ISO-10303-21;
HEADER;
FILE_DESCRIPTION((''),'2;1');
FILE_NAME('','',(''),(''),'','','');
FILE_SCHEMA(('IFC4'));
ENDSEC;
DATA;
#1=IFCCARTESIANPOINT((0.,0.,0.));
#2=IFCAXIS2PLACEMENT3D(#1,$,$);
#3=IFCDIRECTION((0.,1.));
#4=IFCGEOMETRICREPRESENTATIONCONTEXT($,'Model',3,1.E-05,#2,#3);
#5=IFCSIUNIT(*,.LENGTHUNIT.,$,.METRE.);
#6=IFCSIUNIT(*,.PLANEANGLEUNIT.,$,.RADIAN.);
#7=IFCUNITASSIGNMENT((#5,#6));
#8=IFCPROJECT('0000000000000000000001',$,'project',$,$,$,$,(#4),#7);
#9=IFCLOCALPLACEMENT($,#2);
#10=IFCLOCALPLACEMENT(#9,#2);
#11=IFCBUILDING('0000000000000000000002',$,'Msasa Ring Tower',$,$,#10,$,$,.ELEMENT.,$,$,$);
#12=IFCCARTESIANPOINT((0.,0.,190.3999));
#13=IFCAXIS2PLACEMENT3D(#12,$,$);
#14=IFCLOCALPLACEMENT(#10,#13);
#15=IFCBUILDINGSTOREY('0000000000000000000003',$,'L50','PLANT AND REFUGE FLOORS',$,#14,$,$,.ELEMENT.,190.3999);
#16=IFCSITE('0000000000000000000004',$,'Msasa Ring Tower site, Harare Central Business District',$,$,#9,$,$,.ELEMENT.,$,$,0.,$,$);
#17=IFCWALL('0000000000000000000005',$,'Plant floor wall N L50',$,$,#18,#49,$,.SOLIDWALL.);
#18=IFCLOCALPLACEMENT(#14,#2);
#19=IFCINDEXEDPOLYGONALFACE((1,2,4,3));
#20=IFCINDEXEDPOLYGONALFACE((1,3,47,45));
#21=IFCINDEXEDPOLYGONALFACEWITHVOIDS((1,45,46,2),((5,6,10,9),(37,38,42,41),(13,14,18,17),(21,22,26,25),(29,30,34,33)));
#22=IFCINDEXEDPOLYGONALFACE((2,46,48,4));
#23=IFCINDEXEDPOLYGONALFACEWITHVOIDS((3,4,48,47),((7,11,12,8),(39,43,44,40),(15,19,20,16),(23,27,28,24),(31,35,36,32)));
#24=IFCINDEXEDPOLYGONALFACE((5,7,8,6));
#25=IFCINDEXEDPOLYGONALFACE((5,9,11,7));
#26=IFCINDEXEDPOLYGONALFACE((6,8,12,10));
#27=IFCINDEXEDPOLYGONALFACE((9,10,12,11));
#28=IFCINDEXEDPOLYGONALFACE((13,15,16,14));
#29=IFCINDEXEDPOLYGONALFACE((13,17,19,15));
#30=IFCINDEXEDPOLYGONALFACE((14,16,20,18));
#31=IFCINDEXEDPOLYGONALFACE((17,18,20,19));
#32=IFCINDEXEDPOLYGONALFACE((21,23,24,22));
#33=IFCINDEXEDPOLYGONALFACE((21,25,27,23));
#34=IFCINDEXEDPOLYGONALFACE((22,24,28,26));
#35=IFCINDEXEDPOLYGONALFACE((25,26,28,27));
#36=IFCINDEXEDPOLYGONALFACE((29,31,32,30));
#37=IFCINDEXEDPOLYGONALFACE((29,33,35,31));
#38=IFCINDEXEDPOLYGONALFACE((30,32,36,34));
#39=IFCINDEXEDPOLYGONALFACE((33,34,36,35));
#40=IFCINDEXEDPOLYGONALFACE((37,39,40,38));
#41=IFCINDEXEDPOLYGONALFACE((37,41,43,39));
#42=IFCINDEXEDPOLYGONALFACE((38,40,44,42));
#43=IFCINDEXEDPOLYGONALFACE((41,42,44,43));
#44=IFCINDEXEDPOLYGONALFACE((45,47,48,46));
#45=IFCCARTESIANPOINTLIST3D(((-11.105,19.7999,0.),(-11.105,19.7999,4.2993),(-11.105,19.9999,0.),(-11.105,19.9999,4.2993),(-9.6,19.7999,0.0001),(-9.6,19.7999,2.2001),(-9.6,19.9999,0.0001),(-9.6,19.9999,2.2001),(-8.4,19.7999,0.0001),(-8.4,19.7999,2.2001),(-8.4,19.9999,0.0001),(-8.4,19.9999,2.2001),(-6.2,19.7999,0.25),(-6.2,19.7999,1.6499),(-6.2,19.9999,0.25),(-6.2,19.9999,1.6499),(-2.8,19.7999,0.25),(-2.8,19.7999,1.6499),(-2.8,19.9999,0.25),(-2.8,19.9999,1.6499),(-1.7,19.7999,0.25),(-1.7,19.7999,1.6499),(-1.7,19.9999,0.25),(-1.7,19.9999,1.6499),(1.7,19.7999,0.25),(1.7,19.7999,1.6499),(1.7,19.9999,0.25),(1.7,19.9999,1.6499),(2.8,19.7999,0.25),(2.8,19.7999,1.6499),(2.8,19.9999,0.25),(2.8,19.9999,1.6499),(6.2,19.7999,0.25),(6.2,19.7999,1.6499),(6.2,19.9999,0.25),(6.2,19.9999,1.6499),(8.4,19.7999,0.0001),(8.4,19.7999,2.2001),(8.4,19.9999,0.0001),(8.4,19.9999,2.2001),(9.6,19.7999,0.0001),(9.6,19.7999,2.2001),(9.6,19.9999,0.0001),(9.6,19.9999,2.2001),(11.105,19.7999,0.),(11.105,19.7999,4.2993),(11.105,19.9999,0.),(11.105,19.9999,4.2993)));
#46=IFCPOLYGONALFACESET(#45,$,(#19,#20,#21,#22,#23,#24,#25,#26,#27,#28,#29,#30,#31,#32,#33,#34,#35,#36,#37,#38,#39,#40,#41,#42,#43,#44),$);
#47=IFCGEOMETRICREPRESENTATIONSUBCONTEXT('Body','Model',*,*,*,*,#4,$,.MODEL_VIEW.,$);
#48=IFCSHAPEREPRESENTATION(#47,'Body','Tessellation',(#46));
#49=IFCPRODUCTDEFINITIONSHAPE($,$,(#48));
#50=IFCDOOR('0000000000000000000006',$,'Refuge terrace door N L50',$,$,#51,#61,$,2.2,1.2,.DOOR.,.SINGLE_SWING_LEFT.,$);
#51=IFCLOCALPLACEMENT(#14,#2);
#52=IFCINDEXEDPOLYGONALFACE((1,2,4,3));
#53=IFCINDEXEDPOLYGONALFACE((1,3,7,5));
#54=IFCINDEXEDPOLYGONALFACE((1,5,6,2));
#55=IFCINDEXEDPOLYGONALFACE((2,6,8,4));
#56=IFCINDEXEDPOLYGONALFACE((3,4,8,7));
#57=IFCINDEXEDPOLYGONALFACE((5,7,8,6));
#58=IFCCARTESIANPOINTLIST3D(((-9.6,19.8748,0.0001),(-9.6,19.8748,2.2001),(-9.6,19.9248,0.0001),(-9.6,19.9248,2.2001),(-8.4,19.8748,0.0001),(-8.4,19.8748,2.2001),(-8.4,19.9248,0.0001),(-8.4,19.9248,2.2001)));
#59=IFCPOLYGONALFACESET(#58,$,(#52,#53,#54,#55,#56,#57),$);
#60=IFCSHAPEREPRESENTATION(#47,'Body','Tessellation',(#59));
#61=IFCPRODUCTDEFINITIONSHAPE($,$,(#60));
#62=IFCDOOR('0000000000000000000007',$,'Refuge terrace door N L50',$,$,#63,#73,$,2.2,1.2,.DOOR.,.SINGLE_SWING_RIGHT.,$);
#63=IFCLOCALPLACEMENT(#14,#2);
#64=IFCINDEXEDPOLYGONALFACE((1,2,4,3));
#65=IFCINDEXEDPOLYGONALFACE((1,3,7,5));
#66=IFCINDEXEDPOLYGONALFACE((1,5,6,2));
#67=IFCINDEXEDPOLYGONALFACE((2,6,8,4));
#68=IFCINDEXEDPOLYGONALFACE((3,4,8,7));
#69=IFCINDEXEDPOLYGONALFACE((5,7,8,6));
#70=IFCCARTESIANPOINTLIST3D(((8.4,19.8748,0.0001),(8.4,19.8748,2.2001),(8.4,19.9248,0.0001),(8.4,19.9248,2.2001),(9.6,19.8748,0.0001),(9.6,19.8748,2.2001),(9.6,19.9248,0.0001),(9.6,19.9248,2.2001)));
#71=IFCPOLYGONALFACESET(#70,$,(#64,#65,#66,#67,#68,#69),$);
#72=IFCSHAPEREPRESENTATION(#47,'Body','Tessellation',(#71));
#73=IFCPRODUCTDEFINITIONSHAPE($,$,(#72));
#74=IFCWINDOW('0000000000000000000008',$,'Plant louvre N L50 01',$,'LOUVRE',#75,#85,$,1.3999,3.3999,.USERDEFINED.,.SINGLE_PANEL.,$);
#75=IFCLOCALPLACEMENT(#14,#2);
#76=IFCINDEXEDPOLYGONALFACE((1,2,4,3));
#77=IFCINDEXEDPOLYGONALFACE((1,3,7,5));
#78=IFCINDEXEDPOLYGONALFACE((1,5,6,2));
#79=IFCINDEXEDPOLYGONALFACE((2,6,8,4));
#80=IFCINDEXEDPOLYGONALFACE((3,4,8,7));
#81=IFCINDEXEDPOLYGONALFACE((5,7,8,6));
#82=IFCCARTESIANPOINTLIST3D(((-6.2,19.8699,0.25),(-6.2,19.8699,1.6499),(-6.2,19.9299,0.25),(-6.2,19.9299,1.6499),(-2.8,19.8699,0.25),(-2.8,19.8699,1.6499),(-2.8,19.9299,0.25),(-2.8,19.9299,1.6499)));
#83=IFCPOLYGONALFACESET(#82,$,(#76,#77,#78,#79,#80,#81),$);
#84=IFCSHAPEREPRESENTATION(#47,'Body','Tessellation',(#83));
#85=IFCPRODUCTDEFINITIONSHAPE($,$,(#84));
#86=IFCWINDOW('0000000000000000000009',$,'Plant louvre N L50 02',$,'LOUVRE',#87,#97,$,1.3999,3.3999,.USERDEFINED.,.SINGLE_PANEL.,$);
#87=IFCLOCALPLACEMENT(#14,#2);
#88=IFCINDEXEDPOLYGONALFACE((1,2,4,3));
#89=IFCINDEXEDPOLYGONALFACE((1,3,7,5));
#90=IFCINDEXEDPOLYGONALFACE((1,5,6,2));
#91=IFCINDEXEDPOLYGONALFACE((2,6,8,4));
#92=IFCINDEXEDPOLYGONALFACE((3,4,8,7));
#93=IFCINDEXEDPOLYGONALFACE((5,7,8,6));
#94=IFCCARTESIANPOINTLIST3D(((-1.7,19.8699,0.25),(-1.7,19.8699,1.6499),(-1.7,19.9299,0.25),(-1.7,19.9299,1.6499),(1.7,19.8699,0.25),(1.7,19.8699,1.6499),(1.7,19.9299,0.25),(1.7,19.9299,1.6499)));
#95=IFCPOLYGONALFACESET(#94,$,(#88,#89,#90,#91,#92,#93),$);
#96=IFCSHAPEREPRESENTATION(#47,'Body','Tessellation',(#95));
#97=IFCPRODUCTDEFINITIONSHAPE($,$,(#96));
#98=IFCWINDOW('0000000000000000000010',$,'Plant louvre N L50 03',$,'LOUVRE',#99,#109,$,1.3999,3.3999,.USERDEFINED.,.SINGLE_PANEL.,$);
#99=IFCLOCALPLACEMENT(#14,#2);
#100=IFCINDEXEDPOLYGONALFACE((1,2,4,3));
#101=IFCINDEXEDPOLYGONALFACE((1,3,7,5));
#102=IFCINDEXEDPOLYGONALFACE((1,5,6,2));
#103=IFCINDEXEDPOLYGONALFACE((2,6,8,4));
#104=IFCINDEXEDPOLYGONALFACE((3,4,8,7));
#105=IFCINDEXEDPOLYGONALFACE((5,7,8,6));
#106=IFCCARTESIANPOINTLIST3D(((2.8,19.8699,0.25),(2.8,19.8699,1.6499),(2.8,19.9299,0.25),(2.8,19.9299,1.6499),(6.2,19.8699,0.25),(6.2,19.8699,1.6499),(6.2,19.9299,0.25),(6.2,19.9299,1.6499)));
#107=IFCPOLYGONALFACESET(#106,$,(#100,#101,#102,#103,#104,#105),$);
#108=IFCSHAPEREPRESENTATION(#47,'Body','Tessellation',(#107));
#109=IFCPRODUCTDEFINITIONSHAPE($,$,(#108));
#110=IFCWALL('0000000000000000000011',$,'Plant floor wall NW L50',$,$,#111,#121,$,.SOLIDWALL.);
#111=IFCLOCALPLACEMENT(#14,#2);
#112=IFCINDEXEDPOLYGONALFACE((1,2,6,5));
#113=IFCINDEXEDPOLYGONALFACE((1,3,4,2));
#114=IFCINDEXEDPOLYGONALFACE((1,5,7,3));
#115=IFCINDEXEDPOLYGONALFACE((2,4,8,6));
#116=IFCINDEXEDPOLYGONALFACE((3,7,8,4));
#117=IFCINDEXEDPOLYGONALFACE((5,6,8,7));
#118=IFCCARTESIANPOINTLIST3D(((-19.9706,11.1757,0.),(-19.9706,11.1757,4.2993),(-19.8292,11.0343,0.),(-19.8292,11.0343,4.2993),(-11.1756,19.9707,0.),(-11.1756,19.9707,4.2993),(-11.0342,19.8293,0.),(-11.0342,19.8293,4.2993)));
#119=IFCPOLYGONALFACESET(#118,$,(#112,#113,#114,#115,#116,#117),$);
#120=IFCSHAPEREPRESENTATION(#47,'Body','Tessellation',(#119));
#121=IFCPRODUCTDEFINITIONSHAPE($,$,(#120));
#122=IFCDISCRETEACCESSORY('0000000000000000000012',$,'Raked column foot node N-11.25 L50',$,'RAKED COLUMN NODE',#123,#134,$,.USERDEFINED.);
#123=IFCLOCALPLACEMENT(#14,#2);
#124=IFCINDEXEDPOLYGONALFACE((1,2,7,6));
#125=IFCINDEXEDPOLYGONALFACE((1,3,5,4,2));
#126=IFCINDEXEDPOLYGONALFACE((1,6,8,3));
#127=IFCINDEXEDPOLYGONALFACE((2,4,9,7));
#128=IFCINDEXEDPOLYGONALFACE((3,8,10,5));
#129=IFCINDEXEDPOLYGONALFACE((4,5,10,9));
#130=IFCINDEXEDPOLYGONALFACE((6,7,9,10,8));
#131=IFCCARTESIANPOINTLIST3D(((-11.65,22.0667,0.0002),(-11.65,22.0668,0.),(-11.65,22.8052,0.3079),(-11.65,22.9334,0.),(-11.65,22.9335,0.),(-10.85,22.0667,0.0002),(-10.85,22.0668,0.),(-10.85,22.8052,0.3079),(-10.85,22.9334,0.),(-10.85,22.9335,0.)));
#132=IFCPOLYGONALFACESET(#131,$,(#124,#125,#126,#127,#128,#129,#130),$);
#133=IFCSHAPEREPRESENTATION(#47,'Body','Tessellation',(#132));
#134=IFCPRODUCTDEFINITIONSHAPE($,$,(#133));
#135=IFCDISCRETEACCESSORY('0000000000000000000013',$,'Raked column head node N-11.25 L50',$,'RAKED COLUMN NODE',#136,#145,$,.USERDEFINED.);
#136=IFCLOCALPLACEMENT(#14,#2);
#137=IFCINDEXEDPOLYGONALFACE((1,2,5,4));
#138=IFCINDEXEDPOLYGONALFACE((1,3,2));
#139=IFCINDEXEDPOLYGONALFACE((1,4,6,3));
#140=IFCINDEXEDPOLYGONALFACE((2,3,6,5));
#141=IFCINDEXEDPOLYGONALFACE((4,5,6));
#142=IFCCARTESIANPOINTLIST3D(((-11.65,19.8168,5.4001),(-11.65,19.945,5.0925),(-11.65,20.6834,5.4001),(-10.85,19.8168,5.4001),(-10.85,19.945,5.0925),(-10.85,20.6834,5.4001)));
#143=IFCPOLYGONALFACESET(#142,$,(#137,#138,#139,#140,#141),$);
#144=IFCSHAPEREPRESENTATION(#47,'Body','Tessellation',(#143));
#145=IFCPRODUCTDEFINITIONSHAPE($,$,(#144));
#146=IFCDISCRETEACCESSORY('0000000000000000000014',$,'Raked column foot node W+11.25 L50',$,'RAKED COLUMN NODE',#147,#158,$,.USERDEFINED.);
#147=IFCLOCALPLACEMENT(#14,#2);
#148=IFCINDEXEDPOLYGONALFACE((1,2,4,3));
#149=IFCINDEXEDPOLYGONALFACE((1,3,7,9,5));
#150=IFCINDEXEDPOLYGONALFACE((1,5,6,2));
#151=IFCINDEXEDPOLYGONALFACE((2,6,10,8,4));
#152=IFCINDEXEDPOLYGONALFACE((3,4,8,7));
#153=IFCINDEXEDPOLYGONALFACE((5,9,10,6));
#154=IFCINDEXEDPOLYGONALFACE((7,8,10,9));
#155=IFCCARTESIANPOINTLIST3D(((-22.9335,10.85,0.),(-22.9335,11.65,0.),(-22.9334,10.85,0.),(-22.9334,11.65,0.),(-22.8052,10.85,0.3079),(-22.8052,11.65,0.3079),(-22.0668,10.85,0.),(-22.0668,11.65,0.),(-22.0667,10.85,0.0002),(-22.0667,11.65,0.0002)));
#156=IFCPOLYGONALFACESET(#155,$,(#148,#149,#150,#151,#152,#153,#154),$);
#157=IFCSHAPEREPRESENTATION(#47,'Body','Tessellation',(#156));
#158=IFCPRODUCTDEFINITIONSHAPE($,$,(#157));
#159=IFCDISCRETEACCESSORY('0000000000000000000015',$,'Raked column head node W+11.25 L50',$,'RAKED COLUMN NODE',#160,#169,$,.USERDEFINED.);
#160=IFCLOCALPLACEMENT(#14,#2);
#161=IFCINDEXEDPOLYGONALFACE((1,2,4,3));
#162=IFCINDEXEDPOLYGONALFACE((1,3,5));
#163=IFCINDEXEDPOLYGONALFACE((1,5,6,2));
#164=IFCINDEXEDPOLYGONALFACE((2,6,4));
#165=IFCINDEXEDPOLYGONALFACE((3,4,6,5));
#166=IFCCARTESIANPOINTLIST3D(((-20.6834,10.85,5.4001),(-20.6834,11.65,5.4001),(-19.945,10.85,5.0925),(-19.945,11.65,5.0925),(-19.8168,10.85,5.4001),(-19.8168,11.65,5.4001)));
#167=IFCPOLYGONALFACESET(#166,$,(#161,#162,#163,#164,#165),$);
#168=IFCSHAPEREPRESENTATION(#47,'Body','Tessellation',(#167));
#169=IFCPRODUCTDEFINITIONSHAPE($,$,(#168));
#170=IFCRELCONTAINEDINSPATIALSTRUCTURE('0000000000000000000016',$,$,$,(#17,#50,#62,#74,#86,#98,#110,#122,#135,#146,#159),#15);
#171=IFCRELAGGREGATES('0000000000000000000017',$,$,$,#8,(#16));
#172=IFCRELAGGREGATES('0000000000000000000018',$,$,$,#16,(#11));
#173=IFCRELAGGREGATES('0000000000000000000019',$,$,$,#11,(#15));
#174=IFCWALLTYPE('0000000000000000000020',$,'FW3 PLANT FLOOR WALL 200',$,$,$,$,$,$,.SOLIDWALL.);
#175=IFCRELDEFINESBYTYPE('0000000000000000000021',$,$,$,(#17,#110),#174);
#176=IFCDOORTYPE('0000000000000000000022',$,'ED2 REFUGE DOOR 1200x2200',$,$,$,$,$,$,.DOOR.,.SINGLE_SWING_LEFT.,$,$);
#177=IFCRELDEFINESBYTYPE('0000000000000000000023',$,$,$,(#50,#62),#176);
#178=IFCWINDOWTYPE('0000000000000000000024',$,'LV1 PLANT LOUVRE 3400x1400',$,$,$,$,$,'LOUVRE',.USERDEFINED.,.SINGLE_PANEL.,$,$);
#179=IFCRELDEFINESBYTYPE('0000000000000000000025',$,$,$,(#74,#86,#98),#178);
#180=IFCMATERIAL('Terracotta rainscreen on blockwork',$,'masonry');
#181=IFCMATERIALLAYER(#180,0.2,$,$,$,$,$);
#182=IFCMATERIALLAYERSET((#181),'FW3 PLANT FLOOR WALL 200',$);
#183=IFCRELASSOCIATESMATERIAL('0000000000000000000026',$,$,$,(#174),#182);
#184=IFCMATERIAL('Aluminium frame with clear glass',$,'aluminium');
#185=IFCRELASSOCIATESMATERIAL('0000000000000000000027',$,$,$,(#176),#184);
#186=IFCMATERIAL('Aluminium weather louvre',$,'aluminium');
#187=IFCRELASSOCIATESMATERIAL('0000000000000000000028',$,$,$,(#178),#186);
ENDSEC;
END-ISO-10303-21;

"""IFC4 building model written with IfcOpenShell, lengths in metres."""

from ifc_helpers import new_model, si_unit, direction, frame, frame_2d, origin, origin_2d, place, context, subcontext, project, spatial, rectangle, extrude, clip, halfspace, material, layer, layer_set, type_object, element, fill, save


model = new_model("IFC4")

# Units and contexts
model_context = context("Model", 3, precision=1e-05, world=origin(), true_north=direction((0.0, 1.0)))
body_context = subcontext(model_context, "Body", "Model", "MODEL_VIEW")
ifc_project = project(units=[si_unit("LENGTHUNIT", "METRE"), si_unit("PLANEANGLEUNIT", "RADIAN")], contexts=[model_context])

# Site, building, storey
site_placement = place(None, origin())
site = spatial("IfcSite", under=ifc_project, at=site_placement, Name="Msasa Ring Tower site, Harare Central Business District", CompositionType="ELEMENT", RefElevation=0.0)
building_placement = place(site_placement, origin())
building = spatial("IfcBuilding", under=site, at=building_placement, Name="Msasa Ring Tower", CompositionType="ELEMENT")
storey_placement = place(building_placement, frame((0.0, 0.0, 190.3999)))
storey = spatial("IfcBuildingStorey", under=building, at=storey_placement, Name="L50", Description="PLANT AND REFUGE FLOORS", CompositionType="ELEMENT", Elevation=190.3999)

# Wall, openings, doors, windows
ifc_material_1 = material(Name="Terracotta rainscreen on blockwork", Category="masonry")
ifc_layer = layer(ifc_material_1, 0.2)
ifc_layer_set = layer_set([ifc_layer], Name="FW3 PLANT FLOOR WALL 200")
wall_type = type_object("IfcWallType", Name="FW3 PLANT FLOOR WALL 200", PredefinedType="SOLIDWALL", material=ifc_layer_set)
wall_1_placement = place(storey_placement, frame((-11.105, 19.8999, 0.0), z_axis=(0.0, 0.0, 1.0), x_axis=(1.0, 0.0, 0.0)))
wall_1 = element("IfcWall", 1, at=wall_1_placement, inside=storey, type_object=wall_type, Name="Plant floor wall N L50", PredefinedType="SOLIDWALL", context=body_context, shape_type="SweptSolid", body=[
    extrude(rectangle(XDim=22.21, YDim=0.2, at=frame_2d((11.105, 0.0))), origin(), (0.0, 0.0, 1.0), 4.2993),
])
opening_1_placement = place(wall_1_placement, frame((1.5049, 0.0, 0.0)))
opening_1 = element("IfcOpeningElement", 2, at=opening_1_placement, cuts=wall_1, PredefinedType="OPENING", context=body_context, shape_type="SweptSolid", body=[
    extrude(rectangle(XDim=1.2, YDim=2.2, at=frame_2d((0.6001, 1.1001))), frame((0.0, 0.1099, 0.0), z_axis=(0.0, -1.0, 0.0), x_axis=(1.0, 0.0, 0.0)), (0.0, 0.0, 1.0), 0.22),
])
opening_2_placement = place(wall_1_placement, frame((4.905, 0.0, 0.25)))
opening_2 = element("IfcOpeningElement", 3, at=opening_2_placement, cuts=wall_1, PredefinedType="OPENING", context=body_context, shape_type="SweptSolid", body=[
    extrude(rectangle(XDim=3.3999, YDim=1.3999, at=frame_2d((1.7, 0.7))), frame((0.0, 0.1099, 0.0), z_axis=(0.0, -1.0, 0.0), x_axis=(1.0, 0.0, 0.0)), (0.0, 0.0, 1.0), 0.22),
])
opening_3_placement = place(wall_1_placement, frame((9.405, 0.0, 0.25)))
opening_3 = element("IfcOpeningElement", 4, at=opening_3_placement, cuts=wall_1, PredefinedType="OPENING", context=body_context, shape_type="SweptSolid", body=[
    extrude(rectangle(XDim=3.3999, YDim=1.3999, at=frame_2d((1.7, 0.7))), frame((0.0, 0.1099, 0.0), z_axis=(0.0, -1.0, 0.0), x_axis=(1.0, 0.0, 0.0)), (0.0, 0.0, 1.0), 0.22),
])
opening_4_placement = place(wall_1_placement, frame((13.905, 0.0, 0.25)))
opening_4 = element("IfcOpeningElement", 5, at=opening_4_placement, cuts=wall_1, PredefinedType="OPENING", context=body_context, shape_type="SweptSolid", body=[
    extrude(rectangle(XDim=3.3999, YDim=1.3999, at=frame_2d((1.7, 0.7))), frame((0.0, 0.1099, 0.0), z_axis=(0.0, -1.0, 0.0), x_axis=(1.0, 0.0, 0.0)), (0.0, 0.0, 1.0), 0.22),
])
opening_5_placement = place(wall_1_placement, frame((19.5049, 0.0, 0.0)))
opening_5 = element("IfcOpeningElement", 6, at=opening_5_placement, cuts=wall_1, PredefinedType="OPENING", context=body_context, shape_type="SweptSolid", body=[
    extrude(rectangle(XDim=1.2, YDim=2.2, at=frame_2d((0.6001, 1.1001))), frame((0.0, 0.1099, 0.0), z_axis=(0.0, -1.0, 0.0), x_axis=(1.0, 0.0, 0.0)), (0.0, 0.0, 1.0), 0.22),
])
ifc_material_2 = material(Name="Aluminium frame with clear glass", Category="aluminium")
door_type = type_object("IfcDoorType", Name="ED2 REFUGE DOOR 1200x2200", OperationType="SINGLE_SWING_LEFT", PredefinedType="DOOR", material=ifc_material_2)
door_1_placement = place(opening_1_placement, origin())
door_1 = element("IfcDoor", 7, at=door_1_placement, inside=storey, type_object=door_type, Name="Refuge terrace door N L50", OperationType="SINGLE_SWING_LEFT", OverallHeight=2.2, OverallWidth=1.2, PredefinedType="DOOR", context=body_context, shape_type="SweptSolid", body=[
    extrude(rectangle(XDim=1.2, YDim=2.2, at=frame_2d((0.6001, 1.1001))), frame((0.0, 0.0249, 0.0), z_axis=(0.0, -1.0, 0.0), x_axis=(1.0, 0.0, 0.0)), (0.0, 0.0, 1.0), 0.05),
])
fill(opening_1, door_1)
door_2_placement = place(opening_5_placement, origin())
door_2 = element("IfcDoor", 8, at=door_2_placement, inside=storey, type_object=door_type, Name="Refuge terrace door N L50", OperationType="SINGLE_SWING_RIGHT", OverallHeight=2.2, OverallWidth=1.2, PredefinedType="DOOR", context=body_context, shape_type="SweptSolid", body=[
    extrude(rectangle(XDim=1.2, YDim=2.2, at=frame_2d((0.6001, 1.1001))), frame((0.0, 0.0249, 0.0), z_axis=(0.0, -1.0, 0.0), x_axis=(1.0, 0.0, 0.0)), (0.0, 0.0, 1.0), 0.05),
])
fill(opening_5, door_2)
ifc_material_3 = material(Name="Aluminium weather louvre", Category="aluminium")
window_type = type_object("IfcWindowType", Name="LV1 PLANT LOUVRE 3400x1400", ElementType="LOUVRE", PartitioningType="SINGLE_PANEL", PredefinedType="USERDEFINED", material=ifc_material_3)
window_1_placement = place(opening_2_placement, origin())
window_1 = element("IfcWindow", 9, at=window_1_placement, inside=storey, type_object=window_type, Name="Plant louvre N L50 01", ObjectType="LOUVRE", OverallHeight=1.3999, OverallWidth=3.3999, PartitioningType="SINGLE_PANEL", PredefinedType="USERDEFINED", context=body_context, shape_type="SweptSolid", body=[
    extrude(rectangle(XDim=3.3999, YDim=1.3999, at=frame_2d((1.7, 0.7))), frame((0.0, 0.03, 0.0), z_axis=(0.0, -1.0, 0.0), x_axis=(1.0, 0.0, 0.0)), (0.0, 0.0, 1.0), 0.0601),
])
fill(opening_2, window_1)
window_2_placement = place(opening_3_placement, origin())
window_2 = element("IfcWindow", 10, at=window_2_placement, inside=storey, type_object=window_type, Name="Plant louvre N L50 02", ObjectType="LOUVRE", OverallHeight=1.3999, OverallWidth=3.3999, PartitioningType="SINGLE_PANEL", PredefinedType="USERDEFINED", context=body_context, shape_type="SweptSolid", body=[
    extrude(rectangle(XDim=3.3999, YDim=1.3999, at=frame_2d((1.7, 0.7))), frame((0.0, 0.03, 0.0), z_axis=(0.0, -1.0, 0.0), x_axis=(1.0, 0.0, 0.0)), (0.0, 0.0, 1.0), 0.0601),
])
fill(opening_3, window_2)
window_3_placement = place(opening_4_placement, origin())
window_3 = element("IfcWindow", 11, at=window_3_placement, inside=storey, type_object=window_type, Name="Plant louvre N L50 03", ObjectType="LOUVRE", OverallHeight=1.3999, OverallWidth=3.3999, PartitioningType="SINGLE_PANEL", PredefinedType="USERDEFINED", context=body_context, shape_type="SweptSolid", body=[
    extrude(rectangle(XDim=3.3999, YDim=1.3999, at=frame_2d((1.7, 0.7))), frame((0.0, 0.03, 0.0), z_axis=(0.0, -1.0, 0.0), x_axis=(1.0, 0.0, 0.0)), (0.0, 0.0, 1.0), 0.0601),
])
fill(opening_4, window_3)

# Wall
wall_2_placement = place(storey_placement, frame((-19.8999, 11.105, 0.0), z_axis=(0.0, 0.0, 1.0), x_axis=(0.707107, 0.707107, 0.0)))
element("IfcWall", 12, at=wall_2_placement, inside=storey, type_object=wall_type, Name="Plant floor wall NW L50", PredefinedType="SOLIDWALL", context=body_context, shape_type="SweptSolid", body=[
    extrude(rectangle(XDim=12.438, YDim=0.2, at=frame_2d((6.219, 0.0))), origin(), (0.0, 0.0, 1.0), 4.2993),
])

# Discrete accessories
discrete_accessory_1_placement = place(storey_placement, frame((-11.25, 22.5, 0.0)))
element("IfcDiscreteAccessory", 13, at=discrete_accessory_1_placement, inside=storey, Name="Raked column foot node N-11.25 L50", ObjectType="RAKED COLUMN NODE", PredefinedType="USERDEFINED", context=body_context, shape_type="Clipping", body=[
    clip(extrude(rectangle(XDim=0.8, YDim=0.8, at=origin_2d()), frame((0.0, 0.0642, -0.1538), z_axis=(0.0, -0.384615, 0.923077), x_axis=(0.0, 0.923077, 0.384615)), (0.0, 0.0, 1.0), 0.3335), halfspace(frame((0.0, 0.0, 0.0), z_axis=(0.0, 0.0, 1.0)), True)),
])
discrete_accessory_2_placement = place(storey_placement, frame((-11.25, 20.25, 5.4001)))
element("IfcDiscreteAccessory", 14, at=discrete_accessory_2_placement, inside=storey, Name="Raked column head node N-11.25 L50", ObjectType="RAKED COLUMN NODE", PredefinedType="USERDEFINED", context=body_context, shape_type="Clipping", body=[
    clip(extrude(rectangle(XDim=0.8, YDim=0.8, at=origin_2d()), frame((0.0, 0.0642, -0.1538), z_axis=(0.0, -0.384615, 0.923077), x_axis=(0.0, 0.923077, 0.384615)), (0.0, 0.0, 1.0), 0.3335), halfspace(frame((0.0, 0.0, 0.0), z_axis=(0.0, 0.0, -1.0)), True)),
])
discrete_accessory_3_placement = place(storey_placement, frame((-22.5, 11.25, 0.0)))
element("IfcDiscreteAccessory", 15, at=discrete_accessory_3_placement, inside=storey, Name="Raked column foot node W+11.25 L50", ObjectType="RAKED COLUMN NODE", PredefinedType="USERDEFINED", context=body_context, shape_type="Clipping", body=[
    clip(extrude(rectangle(XDim=0.8, YDim=0.8, at=origin_2d()), frame((-0.0642, 0.0, -0.1538), z_axis=(0.384615, 0.0, 0.923077), x_axis=(0.0, 1.0, 0.0)), (0.0, 0.0, 1.0), 0.3335), halfspace(frame((0.0, 0.0, 0.0), z_axis=(0.0, 0.0, 1.0)), True)),
])
discrete_accessory_4_placement = place(storey_placement, frame((-20.25, 11.25, 5.4001)))
element("IfcDiscreteAccessory", 16, at=discrete_accessory_4_placement, inside=storey, Name="Raked column head node W+11.25 L50", ObjectType="RAKED COLUMN NODE", PredefinedType="USERDEFINED", context=body_context, shape_type="Clipping", body=[
    clip(extrude(rectangle(XDim=0.8, YDim=0.8, at=origin_2d()), frame((-0.0642, 0.0, -0.1538), z_axis=(0.384615, 0.0, 0.923077), x_axis=(0.0, 1.0, 0.0)), (0.0, 0.0, 1.0), 0.3335), halfspace(frame((0.0, 0.0, 0.0), z_axis=(0.0, 0.0, -1.0)), True)),
])

save(model, "model.ifc")
